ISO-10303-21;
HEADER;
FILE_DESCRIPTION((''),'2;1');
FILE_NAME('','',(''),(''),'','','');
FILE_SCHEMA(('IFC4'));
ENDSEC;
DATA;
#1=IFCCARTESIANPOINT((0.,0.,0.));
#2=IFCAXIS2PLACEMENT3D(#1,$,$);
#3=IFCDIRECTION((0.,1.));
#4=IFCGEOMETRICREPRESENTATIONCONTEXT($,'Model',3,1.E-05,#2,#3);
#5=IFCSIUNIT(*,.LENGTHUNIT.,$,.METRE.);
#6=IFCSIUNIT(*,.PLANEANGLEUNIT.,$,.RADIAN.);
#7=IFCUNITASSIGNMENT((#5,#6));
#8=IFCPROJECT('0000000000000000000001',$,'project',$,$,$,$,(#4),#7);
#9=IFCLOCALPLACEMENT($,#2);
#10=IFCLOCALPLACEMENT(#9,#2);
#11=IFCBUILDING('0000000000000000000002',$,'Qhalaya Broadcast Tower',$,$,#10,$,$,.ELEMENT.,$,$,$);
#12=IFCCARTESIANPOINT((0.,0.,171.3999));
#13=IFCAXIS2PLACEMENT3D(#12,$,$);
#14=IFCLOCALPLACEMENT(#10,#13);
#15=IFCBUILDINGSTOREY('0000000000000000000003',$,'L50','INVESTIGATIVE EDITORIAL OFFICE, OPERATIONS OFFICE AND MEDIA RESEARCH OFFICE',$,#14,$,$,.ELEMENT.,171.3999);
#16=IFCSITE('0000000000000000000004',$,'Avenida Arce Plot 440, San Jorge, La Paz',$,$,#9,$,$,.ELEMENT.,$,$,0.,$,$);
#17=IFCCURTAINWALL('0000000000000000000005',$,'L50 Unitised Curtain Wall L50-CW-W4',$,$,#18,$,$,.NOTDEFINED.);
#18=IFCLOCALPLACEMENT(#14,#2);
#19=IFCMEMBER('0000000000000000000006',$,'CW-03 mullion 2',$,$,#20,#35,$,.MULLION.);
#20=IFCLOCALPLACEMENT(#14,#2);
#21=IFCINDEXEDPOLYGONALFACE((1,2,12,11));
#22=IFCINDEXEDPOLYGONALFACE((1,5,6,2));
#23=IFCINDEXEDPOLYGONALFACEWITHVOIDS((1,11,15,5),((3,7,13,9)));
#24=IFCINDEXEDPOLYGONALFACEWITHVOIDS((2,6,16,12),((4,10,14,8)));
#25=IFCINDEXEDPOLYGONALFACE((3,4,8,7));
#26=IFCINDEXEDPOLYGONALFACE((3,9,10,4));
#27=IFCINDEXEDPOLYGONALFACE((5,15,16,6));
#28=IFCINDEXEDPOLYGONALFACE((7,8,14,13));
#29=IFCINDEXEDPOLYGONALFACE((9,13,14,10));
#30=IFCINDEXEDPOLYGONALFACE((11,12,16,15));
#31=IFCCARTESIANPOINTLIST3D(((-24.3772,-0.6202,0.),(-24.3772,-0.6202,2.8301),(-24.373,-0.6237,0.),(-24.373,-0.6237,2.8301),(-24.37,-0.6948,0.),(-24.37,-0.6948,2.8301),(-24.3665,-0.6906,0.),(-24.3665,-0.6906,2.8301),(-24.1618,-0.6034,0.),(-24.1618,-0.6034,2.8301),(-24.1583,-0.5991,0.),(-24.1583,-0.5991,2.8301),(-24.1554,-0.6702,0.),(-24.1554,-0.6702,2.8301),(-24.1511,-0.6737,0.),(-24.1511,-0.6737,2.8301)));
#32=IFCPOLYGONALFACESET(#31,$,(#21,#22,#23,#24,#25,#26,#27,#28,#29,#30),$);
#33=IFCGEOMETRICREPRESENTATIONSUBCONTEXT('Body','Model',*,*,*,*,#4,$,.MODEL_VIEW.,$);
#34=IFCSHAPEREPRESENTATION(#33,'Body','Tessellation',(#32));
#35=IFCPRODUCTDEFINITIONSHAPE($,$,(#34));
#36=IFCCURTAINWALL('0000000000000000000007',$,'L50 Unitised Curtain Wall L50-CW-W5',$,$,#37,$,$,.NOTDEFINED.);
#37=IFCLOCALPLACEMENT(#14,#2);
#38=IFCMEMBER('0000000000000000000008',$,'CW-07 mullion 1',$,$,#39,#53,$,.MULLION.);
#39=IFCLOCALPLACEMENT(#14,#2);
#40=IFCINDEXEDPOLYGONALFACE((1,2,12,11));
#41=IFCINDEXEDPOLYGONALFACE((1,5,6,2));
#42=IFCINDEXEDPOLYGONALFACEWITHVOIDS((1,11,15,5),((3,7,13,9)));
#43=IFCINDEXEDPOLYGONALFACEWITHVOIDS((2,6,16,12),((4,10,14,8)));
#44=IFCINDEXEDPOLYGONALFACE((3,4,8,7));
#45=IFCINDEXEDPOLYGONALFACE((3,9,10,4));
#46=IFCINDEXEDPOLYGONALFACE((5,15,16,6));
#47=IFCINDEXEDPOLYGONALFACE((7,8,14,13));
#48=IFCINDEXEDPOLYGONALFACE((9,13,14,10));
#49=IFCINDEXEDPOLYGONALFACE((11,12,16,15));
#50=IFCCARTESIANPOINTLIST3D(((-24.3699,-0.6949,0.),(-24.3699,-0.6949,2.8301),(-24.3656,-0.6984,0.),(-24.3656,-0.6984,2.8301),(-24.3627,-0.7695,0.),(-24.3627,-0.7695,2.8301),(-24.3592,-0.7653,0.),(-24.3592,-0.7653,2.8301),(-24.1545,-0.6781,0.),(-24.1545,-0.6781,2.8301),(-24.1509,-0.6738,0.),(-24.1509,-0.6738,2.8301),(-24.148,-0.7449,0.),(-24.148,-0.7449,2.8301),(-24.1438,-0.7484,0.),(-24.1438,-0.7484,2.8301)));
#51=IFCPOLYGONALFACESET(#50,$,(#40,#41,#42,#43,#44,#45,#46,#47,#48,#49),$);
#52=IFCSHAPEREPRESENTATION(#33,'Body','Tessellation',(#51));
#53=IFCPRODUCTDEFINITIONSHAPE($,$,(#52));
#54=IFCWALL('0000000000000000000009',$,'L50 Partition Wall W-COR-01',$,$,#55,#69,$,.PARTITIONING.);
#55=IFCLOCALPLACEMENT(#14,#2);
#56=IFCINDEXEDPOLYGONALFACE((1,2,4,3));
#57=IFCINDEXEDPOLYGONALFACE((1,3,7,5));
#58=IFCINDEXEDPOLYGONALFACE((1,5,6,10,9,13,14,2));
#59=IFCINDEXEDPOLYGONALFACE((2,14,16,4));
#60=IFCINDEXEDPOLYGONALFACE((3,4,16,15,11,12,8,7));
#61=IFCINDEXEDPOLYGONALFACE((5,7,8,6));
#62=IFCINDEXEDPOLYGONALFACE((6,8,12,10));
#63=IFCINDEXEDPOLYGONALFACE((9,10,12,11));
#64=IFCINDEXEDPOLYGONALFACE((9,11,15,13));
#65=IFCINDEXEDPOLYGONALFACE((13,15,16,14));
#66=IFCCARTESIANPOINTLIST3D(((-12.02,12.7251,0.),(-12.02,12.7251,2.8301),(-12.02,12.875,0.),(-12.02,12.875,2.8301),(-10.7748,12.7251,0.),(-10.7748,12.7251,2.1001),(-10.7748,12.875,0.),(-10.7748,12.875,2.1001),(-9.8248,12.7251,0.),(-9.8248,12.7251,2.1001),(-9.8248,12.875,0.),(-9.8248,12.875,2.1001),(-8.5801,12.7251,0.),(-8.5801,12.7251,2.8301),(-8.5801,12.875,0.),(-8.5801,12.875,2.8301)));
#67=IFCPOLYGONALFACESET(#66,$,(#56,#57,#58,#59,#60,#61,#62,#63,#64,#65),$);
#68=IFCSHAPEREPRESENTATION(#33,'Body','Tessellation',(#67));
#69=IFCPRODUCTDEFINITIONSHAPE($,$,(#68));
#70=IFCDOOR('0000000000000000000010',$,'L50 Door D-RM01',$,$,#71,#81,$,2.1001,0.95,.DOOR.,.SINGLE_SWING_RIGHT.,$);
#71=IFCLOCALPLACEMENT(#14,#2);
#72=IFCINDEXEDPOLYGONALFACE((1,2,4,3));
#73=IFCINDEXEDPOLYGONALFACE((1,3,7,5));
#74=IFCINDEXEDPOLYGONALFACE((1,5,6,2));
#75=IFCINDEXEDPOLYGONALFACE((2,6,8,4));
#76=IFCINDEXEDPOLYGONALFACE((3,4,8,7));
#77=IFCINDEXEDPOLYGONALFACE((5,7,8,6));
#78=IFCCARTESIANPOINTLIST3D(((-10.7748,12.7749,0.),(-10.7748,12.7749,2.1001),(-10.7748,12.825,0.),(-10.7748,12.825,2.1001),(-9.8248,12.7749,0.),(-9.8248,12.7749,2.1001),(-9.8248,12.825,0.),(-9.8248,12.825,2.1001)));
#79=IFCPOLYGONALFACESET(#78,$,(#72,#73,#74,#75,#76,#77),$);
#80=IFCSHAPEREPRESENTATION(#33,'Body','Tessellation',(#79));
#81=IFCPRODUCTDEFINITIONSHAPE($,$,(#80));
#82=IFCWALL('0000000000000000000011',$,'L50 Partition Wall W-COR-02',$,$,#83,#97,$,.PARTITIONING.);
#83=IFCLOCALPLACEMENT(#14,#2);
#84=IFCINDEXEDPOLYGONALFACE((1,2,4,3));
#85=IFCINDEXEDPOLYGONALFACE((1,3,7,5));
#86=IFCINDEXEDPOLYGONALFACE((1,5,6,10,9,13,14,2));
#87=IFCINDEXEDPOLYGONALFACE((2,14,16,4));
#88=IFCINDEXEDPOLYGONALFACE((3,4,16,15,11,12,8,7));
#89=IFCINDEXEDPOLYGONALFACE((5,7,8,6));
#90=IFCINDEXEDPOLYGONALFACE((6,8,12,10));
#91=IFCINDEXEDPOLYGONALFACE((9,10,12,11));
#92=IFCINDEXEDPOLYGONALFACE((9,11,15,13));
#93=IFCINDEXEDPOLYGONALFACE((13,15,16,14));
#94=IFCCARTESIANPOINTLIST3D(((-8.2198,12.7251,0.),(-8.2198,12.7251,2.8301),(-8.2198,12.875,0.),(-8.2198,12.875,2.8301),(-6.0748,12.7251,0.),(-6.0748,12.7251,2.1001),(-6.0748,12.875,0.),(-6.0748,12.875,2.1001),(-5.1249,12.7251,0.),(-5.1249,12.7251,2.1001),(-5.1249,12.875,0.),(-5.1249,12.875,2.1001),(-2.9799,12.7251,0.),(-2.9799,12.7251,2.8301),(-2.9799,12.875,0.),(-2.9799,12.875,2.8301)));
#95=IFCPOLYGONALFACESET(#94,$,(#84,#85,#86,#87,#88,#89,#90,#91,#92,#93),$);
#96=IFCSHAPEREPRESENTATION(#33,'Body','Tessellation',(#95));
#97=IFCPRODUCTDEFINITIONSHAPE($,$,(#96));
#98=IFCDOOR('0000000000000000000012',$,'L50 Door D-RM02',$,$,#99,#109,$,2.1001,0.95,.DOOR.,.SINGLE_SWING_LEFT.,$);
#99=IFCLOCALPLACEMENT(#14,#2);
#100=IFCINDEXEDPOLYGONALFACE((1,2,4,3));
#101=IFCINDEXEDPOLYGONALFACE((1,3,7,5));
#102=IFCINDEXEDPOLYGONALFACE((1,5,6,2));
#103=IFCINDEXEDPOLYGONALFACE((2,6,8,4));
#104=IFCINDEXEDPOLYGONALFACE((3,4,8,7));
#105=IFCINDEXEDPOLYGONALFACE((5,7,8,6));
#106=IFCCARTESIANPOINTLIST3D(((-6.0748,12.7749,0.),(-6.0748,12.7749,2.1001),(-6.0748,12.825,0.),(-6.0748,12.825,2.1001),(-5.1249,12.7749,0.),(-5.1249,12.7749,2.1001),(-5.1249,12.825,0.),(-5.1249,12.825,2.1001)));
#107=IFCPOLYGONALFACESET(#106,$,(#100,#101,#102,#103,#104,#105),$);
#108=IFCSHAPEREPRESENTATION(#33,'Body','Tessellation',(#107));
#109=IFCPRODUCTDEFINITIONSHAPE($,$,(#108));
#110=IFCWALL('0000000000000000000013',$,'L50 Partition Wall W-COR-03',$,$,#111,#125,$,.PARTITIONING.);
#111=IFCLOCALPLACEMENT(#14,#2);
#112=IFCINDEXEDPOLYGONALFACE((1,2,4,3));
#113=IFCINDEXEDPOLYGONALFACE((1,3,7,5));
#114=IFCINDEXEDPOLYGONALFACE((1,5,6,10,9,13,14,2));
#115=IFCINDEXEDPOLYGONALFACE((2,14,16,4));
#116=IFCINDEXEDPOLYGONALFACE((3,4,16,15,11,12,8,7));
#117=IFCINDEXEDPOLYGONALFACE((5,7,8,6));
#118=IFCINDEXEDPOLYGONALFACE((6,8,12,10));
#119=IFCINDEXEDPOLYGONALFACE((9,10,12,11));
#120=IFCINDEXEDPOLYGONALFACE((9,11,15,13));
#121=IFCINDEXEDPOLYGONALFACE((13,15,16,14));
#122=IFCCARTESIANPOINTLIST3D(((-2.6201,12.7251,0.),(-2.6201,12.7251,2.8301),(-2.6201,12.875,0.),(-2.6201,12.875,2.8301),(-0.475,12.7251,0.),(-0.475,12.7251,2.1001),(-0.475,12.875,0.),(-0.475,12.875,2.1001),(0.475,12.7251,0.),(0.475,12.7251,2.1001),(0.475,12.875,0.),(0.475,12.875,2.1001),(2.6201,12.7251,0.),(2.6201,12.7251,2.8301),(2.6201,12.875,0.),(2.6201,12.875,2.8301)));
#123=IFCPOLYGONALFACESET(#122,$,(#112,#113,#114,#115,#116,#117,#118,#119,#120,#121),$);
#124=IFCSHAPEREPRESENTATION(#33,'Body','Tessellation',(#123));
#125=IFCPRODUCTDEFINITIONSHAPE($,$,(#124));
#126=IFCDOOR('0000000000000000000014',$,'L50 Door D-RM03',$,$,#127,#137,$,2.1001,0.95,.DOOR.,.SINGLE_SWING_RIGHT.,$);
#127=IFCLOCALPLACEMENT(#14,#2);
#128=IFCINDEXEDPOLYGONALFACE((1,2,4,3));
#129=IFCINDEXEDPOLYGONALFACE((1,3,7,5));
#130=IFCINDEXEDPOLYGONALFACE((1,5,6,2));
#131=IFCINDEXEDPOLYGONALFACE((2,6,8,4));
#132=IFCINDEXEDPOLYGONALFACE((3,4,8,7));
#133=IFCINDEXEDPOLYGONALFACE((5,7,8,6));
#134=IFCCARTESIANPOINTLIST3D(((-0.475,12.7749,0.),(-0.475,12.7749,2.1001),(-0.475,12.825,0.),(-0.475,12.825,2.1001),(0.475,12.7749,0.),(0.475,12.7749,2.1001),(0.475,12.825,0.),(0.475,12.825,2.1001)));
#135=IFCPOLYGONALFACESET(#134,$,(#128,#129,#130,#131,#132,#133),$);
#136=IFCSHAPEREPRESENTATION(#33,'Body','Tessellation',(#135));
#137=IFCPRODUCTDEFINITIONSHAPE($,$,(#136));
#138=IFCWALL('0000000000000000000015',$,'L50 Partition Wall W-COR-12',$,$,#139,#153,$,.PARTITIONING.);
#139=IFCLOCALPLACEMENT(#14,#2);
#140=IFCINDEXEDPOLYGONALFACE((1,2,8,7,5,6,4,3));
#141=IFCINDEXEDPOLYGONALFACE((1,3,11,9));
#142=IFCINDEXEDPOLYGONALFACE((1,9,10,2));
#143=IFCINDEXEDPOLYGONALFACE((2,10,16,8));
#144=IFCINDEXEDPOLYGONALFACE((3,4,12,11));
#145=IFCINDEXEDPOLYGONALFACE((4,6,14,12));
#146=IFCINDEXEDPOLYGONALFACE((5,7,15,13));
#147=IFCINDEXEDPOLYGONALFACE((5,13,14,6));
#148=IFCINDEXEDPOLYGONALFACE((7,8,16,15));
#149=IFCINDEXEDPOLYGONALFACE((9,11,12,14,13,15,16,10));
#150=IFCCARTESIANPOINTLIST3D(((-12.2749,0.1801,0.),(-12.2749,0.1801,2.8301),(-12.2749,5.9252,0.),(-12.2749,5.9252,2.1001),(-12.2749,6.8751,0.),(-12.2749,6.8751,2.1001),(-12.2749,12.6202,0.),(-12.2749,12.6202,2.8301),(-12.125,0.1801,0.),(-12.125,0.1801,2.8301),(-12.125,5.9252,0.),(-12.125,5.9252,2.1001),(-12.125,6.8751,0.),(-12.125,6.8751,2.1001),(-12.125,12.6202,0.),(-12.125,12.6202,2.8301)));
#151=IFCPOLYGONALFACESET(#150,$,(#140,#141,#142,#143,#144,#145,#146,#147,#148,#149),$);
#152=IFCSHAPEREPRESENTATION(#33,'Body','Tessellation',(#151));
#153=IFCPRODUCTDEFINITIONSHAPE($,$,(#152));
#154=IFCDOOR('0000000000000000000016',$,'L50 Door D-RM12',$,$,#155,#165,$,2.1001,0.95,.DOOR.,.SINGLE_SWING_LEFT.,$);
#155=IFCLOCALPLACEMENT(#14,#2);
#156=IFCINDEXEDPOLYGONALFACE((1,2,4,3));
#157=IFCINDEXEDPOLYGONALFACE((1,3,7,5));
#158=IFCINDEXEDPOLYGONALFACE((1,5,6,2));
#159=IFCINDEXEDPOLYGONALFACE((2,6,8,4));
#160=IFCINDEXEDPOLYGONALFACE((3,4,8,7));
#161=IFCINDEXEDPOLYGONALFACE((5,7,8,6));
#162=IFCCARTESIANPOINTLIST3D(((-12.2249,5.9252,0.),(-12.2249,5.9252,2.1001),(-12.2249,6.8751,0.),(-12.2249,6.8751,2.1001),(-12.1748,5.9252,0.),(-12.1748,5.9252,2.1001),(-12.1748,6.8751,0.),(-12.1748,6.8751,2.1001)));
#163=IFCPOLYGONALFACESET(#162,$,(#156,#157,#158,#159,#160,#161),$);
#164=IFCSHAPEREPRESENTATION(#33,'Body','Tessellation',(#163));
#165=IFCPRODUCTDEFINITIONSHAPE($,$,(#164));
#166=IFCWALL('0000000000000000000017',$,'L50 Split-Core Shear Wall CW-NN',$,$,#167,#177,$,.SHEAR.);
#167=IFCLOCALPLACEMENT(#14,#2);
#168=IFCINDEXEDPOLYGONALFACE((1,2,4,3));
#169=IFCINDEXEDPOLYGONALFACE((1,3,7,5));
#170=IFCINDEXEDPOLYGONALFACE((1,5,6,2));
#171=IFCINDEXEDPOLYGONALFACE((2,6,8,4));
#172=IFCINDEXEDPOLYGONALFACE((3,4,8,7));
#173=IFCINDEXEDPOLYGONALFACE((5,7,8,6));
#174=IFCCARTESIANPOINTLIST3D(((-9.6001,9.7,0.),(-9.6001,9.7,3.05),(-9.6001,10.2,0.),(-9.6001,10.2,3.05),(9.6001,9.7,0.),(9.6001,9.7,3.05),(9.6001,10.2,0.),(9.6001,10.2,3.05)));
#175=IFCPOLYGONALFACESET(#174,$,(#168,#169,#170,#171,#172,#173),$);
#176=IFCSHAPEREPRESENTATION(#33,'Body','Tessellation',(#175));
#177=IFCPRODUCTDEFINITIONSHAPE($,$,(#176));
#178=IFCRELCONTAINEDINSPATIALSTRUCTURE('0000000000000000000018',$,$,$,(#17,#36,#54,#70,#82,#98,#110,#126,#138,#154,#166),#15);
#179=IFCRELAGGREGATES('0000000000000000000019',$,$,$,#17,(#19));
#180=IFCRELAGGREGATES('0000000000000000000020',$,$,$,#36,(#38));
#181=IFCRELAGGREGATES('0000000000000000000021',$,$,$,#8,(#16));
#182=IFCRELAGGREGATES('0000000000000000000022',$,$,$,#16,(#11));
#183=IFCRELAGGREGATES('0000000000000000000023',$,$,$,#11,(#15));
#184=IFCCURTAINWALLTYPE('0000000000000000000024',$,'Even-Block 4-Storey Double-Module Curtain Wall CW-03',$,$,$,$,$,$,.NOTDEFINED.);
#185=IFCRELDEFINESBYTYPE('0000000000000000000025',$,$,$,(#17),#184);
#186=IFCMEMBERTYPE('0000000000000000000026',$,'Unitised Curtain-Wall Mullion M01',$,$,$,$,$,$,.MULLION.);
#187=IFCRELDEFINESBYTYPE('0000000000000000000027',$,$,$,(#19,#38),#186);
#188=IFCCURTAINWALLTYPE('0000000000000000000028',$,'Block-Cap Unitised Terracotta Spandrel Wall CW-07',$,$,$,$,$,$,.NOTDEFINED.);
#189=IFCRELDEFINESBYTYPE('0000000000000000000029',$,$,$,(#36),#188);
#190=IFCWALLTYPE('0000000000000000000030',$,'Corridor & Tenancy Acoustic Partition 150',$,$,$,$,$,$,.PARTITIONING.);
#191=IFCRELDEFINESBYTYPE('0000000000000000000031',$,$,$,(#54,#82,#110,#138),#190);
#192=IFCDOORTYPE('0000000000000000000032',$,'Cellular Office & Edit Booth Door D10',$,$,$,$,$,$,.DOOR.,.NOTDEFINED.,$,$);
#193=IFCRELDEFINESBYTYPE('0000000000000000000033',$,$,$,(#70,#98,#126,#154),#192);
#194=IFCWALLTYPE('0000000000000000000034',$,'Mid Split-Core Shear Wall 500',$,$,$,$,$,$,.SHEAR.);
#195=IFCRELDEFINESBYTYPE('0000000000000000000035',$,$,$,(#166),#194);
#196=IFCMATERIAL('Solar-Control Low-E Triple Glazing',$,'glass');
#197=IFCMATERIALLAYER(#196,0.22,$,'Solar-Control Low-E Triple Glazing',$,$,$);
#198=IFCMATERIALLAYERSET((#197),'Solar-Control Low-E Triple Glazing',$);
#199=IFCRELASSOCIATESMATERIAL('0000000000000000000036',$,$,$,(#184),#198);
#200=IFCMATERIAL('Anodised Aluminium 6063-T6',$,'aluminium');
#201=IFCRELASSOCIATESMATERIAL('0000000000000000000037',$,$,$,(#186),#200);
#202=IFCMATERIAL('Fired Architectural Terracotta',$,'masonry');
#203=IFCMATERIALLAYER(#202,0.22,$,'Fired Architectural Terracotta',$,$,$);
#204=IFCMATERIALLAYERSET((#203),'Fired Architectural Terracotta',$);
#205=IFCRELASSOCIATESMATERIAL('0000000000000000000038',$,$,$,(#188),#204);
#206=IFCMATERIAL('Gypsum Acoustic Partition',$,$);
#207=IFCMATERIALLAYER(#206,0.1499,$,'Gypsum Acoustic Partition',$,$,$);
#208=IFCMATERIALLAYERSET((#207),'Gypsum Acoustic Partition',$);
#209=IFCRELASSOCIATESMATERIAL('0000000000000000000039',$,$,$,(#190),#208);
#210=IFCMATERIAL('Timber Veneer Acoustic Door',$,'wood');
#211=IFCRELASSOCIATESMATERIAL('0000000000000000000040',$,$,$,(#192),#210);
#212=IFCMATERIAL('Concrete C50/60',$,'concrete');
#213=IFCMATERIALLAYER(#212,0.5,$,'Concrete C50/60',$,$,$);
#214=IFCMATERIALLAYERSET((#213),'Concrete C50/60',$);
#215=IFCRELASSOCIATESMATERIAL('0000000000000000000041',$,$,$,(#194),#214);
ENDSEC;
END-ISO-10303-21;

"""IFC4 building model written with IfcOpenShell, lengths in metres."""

from ifc_helpers import new_model, si_unit, direction, frame, frame_2d, origin, origin_2d, place, context, subcontext, project, spatial, rectangle, hollow_rectangle, extrude, material, layer, layer_set, material_profile, profile_set, type_object, element, fill, aggregate, save


model = new_model("IFC4")

# Units and contexts
model_context = context("Model", 3, precision=1e-05, world=origin(), true_north=direction((0.0, 1.0)))
body_context = subcontext(model_context, "Body", "Model", "MODEL_VIEW")
ifc_project = project(units=[si_unit("LENGTHUNIT", "METRE"), si_unit("PLANEANGLEUNIT", "RADIAN")], contexts=[model_context])

# Site, building, storey
site_placement = place(None, origin())
site = spatial("IfcSite", under=ifc_project, at=site_placement, Name="Avenida Arce Plot 440, San Jorge, La Paz", CompositionType="ELEMENT", RefElevation=0.0)
building_placement = place(site_placement, origin())
building = spatial("IfcBuilding", under=site, at=building_placement, Name="Qhalaya Broadcast Tower", CompositionType="ELEMENT")
storey_placement = place(building_placement, frame((0.0, 0.0, 171.3999)))
storey = spatial("IfcBuildingStorey", under=building, at=storey_placement, Name="L50", Description="INVESTIGATIVE EDITORIAL OFFICE, OPERATIONS OFFICE AND MEDIA RESEARCH OFFICE", CompositionType="ELEMENT", Elevation=171.3999)

# Shared definitions
ifc_material_1 = material(Name="Concrete C50/60", Category="concrete")

# Curtain walls, members
ifc_material_2 = material(Name="Solar-Control Low-E Triple Glazing", Category="glass")
ifc_layer_1 = layer(ifc_material_2, 0.22, Name="Solar-Control Low-E Triple Glazing")
ifc_layer_set_1 = layer_set([ifc_layer_1], Name="Solar-Control Low-E Triple Glazing")
curtain_wall_type_1 = type_object("IfcCurtainWallType", Name="Even-Block 4-Storey Double-Module Curtain Wall CW-03", PredefinedType="NOTDEFINED", material=ifc_layer_set_1)
curtain_wall_1_placement = place(storey_placement, origin())
curtain_wall_1 = element("IfcCurtainWall", 1, at=curtain_wall_1_placement, inside=storey, type_object=curtain_wall_type_1, Name="L50 Unitised Curtain Wall L50-CW-W4", PredefinedType="NOTDEFINED")
ifc_material_3 = material(Name="Anodised Aluminium 6063-T6", Category="aluminium")
ifc_material_profile_1 = material_profile(ifc_material_3, hollow_rectangle(XDim=0.075, YDim=0.22, WallThickness=0.0039, at=origin_2d()), Name="ALU-MUL 75x220x4")
ifc_profile_set_1 = profile_set([ifc_material_profile_1], Name="Anodised Aluminium 6063-T6")
member_type = type_object("IfcMemberType", Name="Unitised Curtain-Wall Mullion M01", PredefinedType="MULLION", material=ifc_profile_set_1)
member_1_placement = place(storey_placement, frame((-24.2642, -0.647, 0.0), z_axis=(0.0, 0.0, 1.0), x_axis=(0.095855, -0.995395, 0.0)))
member_1 = element("IfcMember", 2, at=member_1_placement, type_object=member_type, Name="CW-03 mullion 2", PredefinedType="MULLION", context=body_context, shape_type="SweptSolid", body=[
    extrude(hollow_rectangle(XDim=0.075, YDim=0.22, WallThickness=0.0039, at=origin_2d()), origin(), (0.0, 0.0, 1.0), 2.8301),
])
aggregate(curtain_wall_1, [member_1])
ifc_material_4 = material(Name="Fired Architectural Terracotta", Category="masonry")
ifc_layer_2 = layer(ifc_material_4, 0.22, Name="Fired Architectural Terracotta")
ifc_layer_set_2 = layer_set([ifc_layer_2], Name="Fired Architectural Terracotta")
curtain_wall_type_2 = type_object("IfcCurtainWallType", Name="Block-Cap Unitised Terracotta Spandrel Wall CW-07", PredefinedType="NOTDEFINED", material=ifc_layer_set_2)
curtain_wall_2_placement = place(storey_placement, origin())
curtain_wall_2 = element("IfcCurtainWall", 3, at=curtain_wall_2_placement, inside=storey, type_object=curtain_wall_type_2, Name="L50 Unitised Curtain Wall L50-CW-W5", PredefinedType="NOTDEFINED")
member_2_placement = place(storey_placement, frame((-24.2568, -0.7217, 0.0), z_axis=(0.0, 0.0, 1.0), x_axis=(0.095849, -0.995396, 0.0)))
member_2 = element("IfcMember", 4, at=member_2_placement, type_object=member_type, Name="CW-07 mullion 1", PredefinedType="MULLION", context=body_context, shape_type="SweptSolid", body=[
    extrude(hollow_rectangle(XDim=0.075, YDim=0.22, WallThickness=0.0039, at=origin_2d()), origin(), (0.0, 0.0, 1.0), 2.8301),
])
aggregate(curtain_wall_2, [member_2])

# Walls, openings, doors
ifc_material_5 = material(Name="Gypsum Acoustic Partition")
ifc_layer_3 = layer(ifc_material_5, 0.1499, Name="Gypsum Acoustic Partition")
ifc_layer_set_3 = layer_set([ifc_layer_3], Name="Gypsum Acoustic Partition")
wall_type_1 = type_object("IfcWallType", Name="Corridor & Tenancy Acoustic Partition 150", PredefinedType="PARTITIONING", material=ifc_layer_set_3)
wall_1_placement = place(storey_placement, frame((-12.02, 12.8, 0.0), z_axis=(0.0, 0.0, 1.0), x_axis=(1.0, 0.0, 0.0)))
wall_1 = element("IfcWall", 5, at=wall_1_placement, inside=storey, type_object=wall_type_1, Name="L50 Partition Wall W-COR-01", PredefinedType="PARTITIONING", context=body_context, shape_type="SweptSolid", body=[
    extrude(rectangle(XDim=3.4399, YDim=0.1499, at=frame_2d((1.72, 0.0))), origin(), (0.0, 0.0, 1.0), 2.8301),
])
opening_1_placement = place(wall_1_placement, frame((1.2451, 0.0, 0.0)))
opening_1 = element("IfcOpeningElement", 6, at=opening_1_placement, cuts=wall_1, PredefinedType="OPENING", context=body_context, shape_type="SweptSolid", body=[
    extrude(rectangle(XDim=0.95, YDim=2.1001, at=frame_2d((0.4751, 1.05))), frame((0.0, 0.0869, 0.0), z_axis=(0.0, -1.0, 0.0), x_axis=(1.0, 0.0, 0.0)), (0.0, 0.0, 1.0), 0.1738),
])
ifc_material_6 = material(Name="Timber Veneer Acoustic Door", Category="wood")
door_type_1 = type_object("IfcDoorType", Name="Cellular Office & Edit Booth Door D10", OperationType="NOTDEFINED", PredefinedType="DOOR", material=ifc_material_6)
door_1_placement = place(opening_1_placement, origin())
door_1 = element("IfcDoor", 7, at=door_1_placement, inside=storey, type_object=door_type_1, Name="L50 Door D-RM01", OperationType="SINGLE_SWING_RIGHT", OverallHeight=2.1001, OverallWidth=0.95, PredefinedType="DOOR", context=body_context, shape_type="SweptSolid", body=[
    extrude(rectangle(XDim=0.95, YDim=2.1001, at=frame_2d((0.4751, 1.05))), frame((0.0, 0.0249, 0.0), z_axis=(0.0, -1.0, 0.0), x_axis=(1.0, 0.0, 0.0)), (0.0, 0.0, 1.0), 0.05),
])
fill(opening_1, door_1)
wall_2_placement = place(storey_placement, frame((-8.22, 12.8, 0.0), z_axis=(0.0, 0.0, 1.0), x_axis=(1.0, 0.0, 0.0)))
wall_2 = element("IfcWall", 8, at=wall_2_placement, inside=storey, type_object=wall_type_1, Name="L50 Partition Wall W-COR-02", PredefinedType="PARTITIONING", context=body_context, shape_type="SweptSolid", body=[
    extrude(rectangle(XDim=5.24, YDim=0.1499, at=frame_2d((2.6201, 0.0))), origin(), (0.0, 0.0, 1.0), 2.8301),
])
opening_2_placement = place(wall_2_placement, frame((2.145, 0.0, 0.0)))
opening_2 = element("IfcOpeningElement", 9, at=opening_2_placement, cuts=wall_2, PredefinedType="OPENING", context=body_context, shape_type="SweptSolid", body=[
    extrude(rectangle(XDim=0.95, YDim=2.1001, at=frame_2d((0.4751, 1.05))), frame((0.0, 0.0869, 0.0), z_axis=(0.0, -1.0, 0.0), x_axis=(1.0, 0.0, 0.0)), (0.0, 0.0, 1.0), 0.1738),
])
door_2_placement = place(opening_2_placement, origin())
door_2 = element("IfcDoor", 10, at=door_2_placement, inside=storey, type_object=door_type_1, Name="L50 Door D-RM02", OperationType="SINGLE_SWING_LEFT", OverallHeight=2.1001, OverallWidth=0.95, PredefinedType="DOOR", context=body_context, shape_type="SweptSolid", body=[
    extrude(rectangle(XDim=0.95, YDim=2.1001, at=frame_2d((0.4751, 1.05))), frame((0.0, 0.0249, 0.0), z_axis=(0.0, -1.0, 0.0), x_axis=(1.0, 0.0, 0.0)), (0.0, 0.0, 1.0), 0.05),
])
fill(opening_2, door_2)
wall_3_placement = place(storey_placement, frame((-2.6201, 12.8, 0.0), z_axis=(0.0, 0.0, 1.0), x_axis=(1.0, 0.0, 0.0)))
wall_3 = element("IfcWall", 11, at=wall_3_placement, inside=storey, type_object=wall_type_1, Name="L50 Partition Wall W-COR-03", PredefinedType="PARTITIONING", context=body_context, shape_type="SweptSolid", body=[
    extrude(rectangle(XDim=5.2402, YDim=0.1499, at=frame_2d((2.6201, 0.0))), origin(), (0.0, 0.0, 1.0), 2.8301),
])
opening_3_placement = place(wall_3_placement, frame((2.145, 0.0, 0.0)))
opening_3 = element("IfcOpeningElement", 12, at=opening_3_placement, cuts=wall_3, PredefinedType="OPENING", context=body_context, shape_type="SweptSolid", body=[
    extrude(rectangle(XDim=0.95, YDim=2.1001, at=frame_2d((0.4751, 1.05))), frame((0.0, 0.0869, 0.0), z_axis=(0.0, -1.0, 0.0), x_axis=(1.0, 0.0, 0.0)), (0.0, 0.0, 1.0), 0.1738),
])
door_3_placement = place(opening_3_placement, origin())
door_3 = element("IfcDoor", 13, at=door_3_placement, inside=storey, type_object=door_type_1, Name="L50 Door D-RM03", OperationType="SINGLE_SWING_RIGHT", OverallHeight=2.1001, OverallWidth=0.95, PredefinedType="DOOR", context=body_context, shape_type="SweptSolid", body=[
    extrude(rectangle(XDim=0.95, YDim=2.1001, at=frame_2d((0.4751, 1.05))), frame((0.0, 0.0249, 0.0), z_axis=(0.0, -1.0, 0.0), x_axis=(1.0, 0.0, 0.0)), (0.0, 0.0, 1.0), 0.05),
])
fill(opening_3, door_3)
wall_4_placement = place(storey_placement, frame((-12.2, 0.1799, 0.0), z_axis=(0.0, 0.0, 1.0), x_axis=(0.0, 1.0, 0.0)))
wall_4 = element("IfcWall", 14, at=wall_4_placement, inside=storey, type_object=wall_type_1, Name="L50 Partition Wall W-COR-12", PredefinedType="PARTITIONING", context=body_context, shape_type="SweptSolid", body=[
    extrude(rectangle(XDim=12.4402, YDim=0.1499, at=frame_2d((6.2202, 0.0))), origin(), (0.0, 0.0, 1.0), 2.8301),
])
opening_4_placement = place(wall_4_placement, frame((5.7451, 0.0, 0.0)))
opening_4 = element("IfcOpeningElement", 15, at=opening_4_placement, cuts=wall_4, PredefinedType="OPENING", context=body_context, shape_type="SweptSolid", body=[
    extrude(rectangle(XDim=0.95, YDim=2.1001, at=frame_2d((0.4751, 1.05))), frame((0.0, 0.0869, 0.0), z_axis=(0.0, -1.0, 0.0), x_axis=(1.0, 0.0, 0.0)), (0.0, 0.0, 1.0), 0.1738),
])
door_4_placement = place(opening_4_placement, origin())
door_4 = element("IfcDoor", 16, at=door_4_placement, inside=storey, type_object=door_type_1, Name="L50 Door D-RM12", OperationType="SINGLE_SWING_LEFT", OverallHeight=2.1001, OverallWidth=0.95, PredefinedType="DOOR", context=body_context, shape_type="SweptSolid", body=[
    extrude(rectangle(XDim=0.95, YDim=2.1001, at=frame_2d((0.4751, 1.05))), frame((0.0, 0.0249, 0.0), z_axis=(0.0, -1.0, 0.0), x_axis=(1.0, 0.0, 0.0)), (0.0, 0.0, 1.0), 0.05),
])
fill(opening_4, door_4)

# Wall
ifc_layer_4 = layer(ifc_material_1, 0.5, Name="Concrete C50/60")
ifc_layer_set_4 = layer_set([ifc_layer_4], Name="Concrete C50/60")
wall_type_2 = type_object("IfcWallType", Name="Mid Split-Core Shear Wall 500", PredefinedType="SHEAR", material=ifc_layer_set_4)
wall_5_placement = place(storey_placement, frame((-9.6001, 9.95, 0.0), z_axis=(0.0, 0.0, 1.0), x_axis=(1.0, 0.0, 0.0)))
element("IfcWall", 17, at=wall_5_placement, inside=storey, type_object=wall_type_2, Name="L50 Split-Core Shear Wall CW-NN", PredefinedType="SHEAR", context=body_context, shape_type="SweptSolid", body=[
    extrude(rectangle(XDim=19.2002, YDim=0.5, at=frame_2d((9.6001, 0.0))), origin(), (0.0, 0.0, 1.0), 3.05),
])

save(model, "model.ifc")
